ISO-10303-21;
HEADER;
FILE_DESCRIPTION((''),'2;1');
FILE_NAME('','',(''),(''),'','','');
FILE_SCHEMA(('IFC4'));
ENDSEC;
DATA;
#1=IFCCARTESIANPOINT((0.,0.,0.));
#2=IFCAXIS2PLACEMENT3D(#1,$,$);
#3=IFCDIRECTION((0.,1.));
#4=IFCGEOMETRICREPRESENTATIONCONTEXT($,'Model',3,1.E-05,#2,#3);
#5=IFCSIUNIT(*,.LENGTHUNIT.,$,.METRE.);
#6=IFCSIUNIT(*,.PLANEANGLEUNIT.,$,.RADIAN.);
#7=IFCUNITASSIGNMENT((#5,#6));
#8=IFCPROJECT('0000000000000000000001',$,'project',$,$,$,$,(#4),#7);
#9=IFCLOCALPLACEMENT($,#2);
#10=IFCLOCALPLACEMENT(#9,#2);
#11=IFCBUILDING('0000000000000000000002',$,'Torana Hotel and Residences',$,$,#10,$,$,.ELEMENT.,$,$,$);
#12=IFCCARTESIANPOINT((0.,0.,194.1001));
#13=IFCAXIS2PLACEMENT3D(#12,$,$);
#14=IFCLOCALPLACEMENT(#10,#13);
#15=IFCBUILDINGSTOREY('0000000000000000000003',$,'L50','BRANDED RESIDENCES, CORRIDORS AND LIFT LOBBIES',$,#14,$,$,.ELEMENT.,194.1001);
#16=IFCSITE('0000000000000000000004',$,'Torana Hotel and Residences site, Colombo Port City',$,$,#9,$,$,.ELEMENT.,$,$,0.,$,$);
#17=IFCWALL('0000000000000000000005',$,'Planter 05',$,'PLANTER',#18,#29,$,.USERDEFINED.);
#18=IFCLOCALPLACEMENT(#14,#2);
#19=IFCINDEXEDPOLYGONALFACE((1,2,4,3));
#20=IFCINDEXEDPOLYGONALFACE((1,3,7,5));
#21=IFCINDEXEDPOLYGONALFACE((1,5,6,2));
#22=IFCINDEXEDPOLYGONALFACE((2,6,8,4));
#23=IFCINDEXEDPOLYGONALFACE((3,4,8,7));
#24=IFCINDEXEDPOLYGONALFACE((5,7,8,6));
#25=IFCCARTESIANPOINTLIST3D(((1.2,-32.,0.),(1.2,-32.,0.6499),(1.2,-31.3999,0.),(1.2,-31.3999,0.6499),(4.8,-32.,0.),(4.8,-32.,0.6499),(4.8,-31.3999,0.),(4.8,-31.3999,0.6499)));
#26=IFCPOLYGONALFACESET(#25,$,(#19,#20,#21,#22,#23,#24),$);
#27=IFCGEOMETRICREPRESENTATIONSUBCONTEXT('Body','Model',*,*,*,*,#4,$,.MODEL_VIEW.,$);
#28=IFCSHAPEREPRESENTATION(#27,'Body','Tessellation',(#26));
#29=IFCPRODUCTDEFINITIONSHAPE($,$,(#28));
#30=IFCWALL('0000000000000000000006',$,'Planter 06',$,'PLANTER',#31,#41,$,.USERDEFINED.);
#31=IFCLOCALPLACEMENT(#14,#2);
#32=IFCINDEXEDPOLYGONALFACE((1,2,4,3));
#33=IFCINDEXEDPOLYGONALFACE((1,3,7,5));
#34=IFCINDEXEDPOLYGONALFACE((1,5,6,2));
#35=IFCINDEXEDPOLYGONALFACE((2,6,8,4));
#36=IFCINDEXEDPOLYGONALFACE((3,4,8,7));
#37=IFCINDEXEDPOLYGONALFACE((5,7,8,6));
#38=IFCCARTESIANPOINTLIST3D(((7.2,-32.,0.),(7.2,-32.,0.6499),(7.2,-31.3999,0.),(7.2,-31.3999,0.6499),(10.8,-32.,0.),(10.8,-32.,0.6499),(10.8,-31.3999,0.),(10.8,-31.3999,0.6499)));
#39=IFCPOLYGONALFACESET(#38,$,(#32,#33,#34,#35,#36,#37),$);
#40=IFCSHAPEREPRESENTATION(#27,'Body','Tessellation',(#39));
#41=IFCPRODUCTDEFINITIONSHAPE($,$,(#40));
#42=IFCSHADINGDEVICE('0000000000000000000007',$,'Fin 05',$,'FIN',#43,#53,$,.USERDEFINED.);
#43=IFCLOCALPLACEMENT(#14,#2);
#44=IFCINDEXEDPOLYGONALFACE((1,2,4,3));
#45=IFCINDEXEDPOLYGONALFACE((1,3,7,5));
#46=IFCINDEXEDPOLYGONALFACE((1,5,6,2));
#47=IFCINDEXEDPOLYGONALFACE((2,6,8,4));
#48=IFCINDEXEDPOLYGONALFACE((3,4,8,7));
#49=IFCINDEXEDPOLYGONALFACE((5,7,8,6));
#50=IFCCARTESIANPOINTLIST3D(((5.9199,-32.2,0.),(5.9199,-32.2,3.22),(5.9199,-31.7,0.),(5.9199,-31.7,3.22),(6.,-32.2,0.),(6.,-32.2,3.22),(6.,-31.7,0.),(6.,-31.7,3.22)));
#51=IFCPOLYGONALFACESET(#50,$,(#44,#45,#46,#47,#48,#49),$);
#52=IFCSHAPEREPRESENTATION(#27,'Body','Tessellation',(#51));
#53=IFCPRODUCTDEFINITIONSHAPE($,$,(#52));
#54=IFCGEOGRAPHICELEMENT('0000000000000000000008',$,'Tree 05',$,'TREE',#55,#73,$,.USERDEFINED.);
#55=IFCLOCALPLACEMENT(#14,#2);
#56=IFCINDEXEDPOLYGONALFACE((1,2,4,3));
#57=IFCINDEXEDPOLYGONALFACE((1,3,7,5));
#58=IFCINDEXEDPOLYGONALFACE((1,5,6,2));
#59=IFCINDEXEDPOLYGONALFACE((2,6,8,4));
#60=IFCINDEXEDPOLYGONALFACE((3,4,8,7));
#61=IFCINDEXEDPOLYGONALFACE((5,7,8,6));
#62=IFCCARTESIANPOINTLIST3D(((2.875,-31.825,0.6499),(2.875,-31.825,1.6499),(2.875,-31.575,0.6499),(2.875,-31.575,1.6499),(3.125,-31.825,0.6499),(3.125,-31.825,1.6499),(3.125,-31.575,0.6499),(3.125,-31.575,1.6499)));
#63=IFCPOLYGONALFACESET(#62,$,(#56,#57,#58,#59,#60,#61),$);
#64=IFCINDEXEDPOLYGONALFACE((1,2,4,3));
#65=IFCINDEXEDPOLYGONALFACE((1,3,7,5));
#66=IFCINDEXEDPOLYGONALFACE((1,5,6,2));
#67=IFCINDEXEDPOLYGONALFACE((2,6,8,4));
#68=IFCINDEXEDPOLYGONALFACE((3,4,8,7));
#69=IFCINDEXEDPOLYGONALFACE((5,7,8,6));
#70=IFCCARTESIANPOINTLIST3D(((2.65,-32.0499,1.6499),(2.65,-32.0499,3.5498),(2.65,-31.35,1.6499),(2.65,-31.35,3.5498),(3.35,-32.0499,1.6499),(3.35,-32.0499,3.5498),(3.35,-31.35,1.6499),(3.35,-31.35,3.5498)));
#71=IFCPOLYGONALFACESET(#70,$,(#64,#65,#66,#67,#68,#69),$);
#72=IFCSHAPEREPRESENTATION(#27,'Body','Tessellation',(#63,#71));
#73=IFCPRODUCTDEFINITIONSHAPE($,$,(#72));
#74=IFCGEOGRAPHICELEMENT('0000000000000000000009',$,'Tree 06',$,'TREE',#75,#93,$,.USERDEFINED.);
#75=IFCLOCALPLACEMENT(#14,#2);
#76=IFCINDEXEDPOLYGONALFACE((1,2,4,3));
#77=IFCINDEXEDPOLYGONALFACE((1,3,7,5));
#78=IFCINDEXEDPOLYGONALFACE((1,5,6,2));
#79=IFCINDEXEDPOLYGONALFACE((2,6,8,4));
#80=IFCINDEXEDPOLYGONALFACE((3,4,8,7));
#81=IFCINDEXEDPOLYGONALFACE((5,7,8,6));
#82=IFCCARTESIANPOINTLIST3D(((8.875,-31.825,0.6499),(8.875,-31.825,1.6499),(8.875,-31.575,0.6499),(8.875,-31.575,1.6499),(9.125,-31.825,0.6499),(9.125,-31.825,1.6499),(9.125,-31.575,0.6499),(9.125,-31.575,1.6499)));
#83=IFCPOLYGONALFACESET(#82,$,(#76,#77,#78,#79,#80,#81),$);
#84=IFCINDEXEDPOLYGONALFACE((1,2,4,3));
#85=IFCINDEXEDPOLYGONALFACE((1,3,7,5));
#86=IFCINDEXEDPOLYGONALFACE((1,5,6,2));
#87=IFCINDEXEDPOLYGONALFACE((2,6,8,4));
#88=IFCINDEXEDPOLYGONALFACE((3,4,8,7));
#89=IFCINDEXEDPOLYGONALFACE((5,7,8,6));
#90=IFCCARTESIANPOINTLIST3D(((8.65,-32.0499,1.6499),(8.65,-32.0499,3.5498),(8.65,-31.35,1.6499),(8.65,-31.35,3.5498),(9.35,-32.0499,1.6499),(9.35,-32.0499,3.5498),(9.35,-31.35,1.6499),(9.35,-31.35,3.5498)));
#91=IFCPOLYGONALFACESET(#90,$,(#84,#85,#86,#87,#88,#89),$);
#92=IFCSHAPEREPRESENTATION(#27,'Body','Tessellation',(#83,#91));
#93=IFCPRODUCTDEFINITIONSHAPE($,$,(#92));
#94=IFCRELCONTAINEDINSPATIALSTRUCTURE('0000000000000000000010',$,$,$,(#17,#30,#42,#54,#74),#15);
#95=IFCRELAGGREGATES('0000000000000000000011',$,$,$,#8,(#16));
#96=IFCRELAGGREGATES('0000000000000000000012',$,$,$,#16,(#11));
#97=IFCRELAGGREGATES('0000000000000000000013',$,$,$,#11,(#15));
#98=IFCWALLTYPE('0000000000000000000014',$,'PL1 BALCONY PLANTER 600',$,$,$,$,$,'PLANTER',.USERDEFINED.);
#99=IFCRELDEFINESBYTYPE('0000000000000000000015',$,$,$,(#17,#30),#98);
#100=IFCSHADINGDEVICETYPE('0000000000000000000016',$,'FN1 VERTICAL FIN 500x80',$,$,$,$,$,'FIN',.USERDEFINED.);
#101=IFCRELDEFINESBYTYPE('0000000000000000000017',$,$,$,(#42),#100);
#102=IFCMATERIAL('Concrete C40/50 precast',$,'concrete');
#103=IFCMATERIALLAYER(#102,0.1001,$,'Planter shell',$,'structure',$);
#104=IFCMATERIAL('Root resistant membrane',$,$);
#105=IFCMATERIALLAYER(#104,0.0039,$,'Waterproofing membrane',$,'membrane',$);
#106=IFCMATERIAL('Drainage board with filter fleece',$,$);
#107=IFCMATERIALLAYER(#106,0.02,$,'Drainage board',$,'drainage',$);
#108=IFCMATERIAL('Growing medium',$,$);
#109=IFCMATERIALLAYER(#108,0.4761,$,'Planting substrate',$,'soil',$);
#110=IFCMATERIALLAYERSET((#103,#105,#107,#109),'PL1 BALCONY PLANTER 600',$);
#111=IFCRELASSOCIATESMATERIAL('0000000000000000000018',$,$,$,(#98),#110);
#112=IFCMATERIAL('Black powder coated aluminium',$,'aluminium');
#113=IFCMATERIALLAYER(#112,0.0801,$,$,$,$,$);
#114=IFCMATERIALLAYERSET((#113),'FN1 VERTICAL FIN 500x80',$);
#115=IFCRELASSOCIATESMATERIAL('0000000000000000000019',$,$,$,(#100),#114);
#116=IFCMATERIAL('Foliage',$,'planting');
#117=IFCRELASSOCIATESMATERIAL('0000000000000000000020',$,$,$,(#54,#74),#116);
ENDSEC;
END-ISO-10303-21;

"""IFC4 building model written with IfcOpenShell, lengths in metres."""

from ifc_helpers import new_model, si_unit, direction, frame, frame_2d, origin, origin_2d, place, context, subcontext, project, spatial, rectangle, extrude, material, layer, layer_set, type_object, element, save


model = new_model("IFC4")

# Units and contexts
model_context = context("Model", 3, precision=1e-05, world=origin(), true_north=direction((0.0, 1.0)))
body_context = subcontext(model_context, "Body", "Model", "MODEL_VIEW")
ifc_project = project(units=[si_unit("LENGTHUNIT", "METRE"), si_unit("PLANEANGLEUNIT", "RADIAN")], contexts=[model_context])

# Site, building, storey
site_placement = place(None, origin())
site = spatial("IfcSite", under=ifc_project, at=site_placement, Name="Torana Hotel and Residences site, Colombo Port City", CompositionType="ELEMENT", RefElevation=0.0)
building_placement = place(site_placement, origin())
building = spatial("IfcBuilding", under=site, at=building_placement, Name="Torana Hotel and Residences", CompositionType="ELEMENT")
storey_placement = place(building_placement, frame((0.0, 0.0, 194.1001)))
storey = spatial("IfcBuildingStorey", under=building, at=storey_placement, Name="L50", Description="BRANDED RESIDENCES, CORRIDORS AND LIFT LOBBIES", CompositionType="ELEMENT", Elevation=194.1001)

# Walls
ifc_material_1 = material(Name="Concrete C40/50 precast", Category="concrete")
ifc_layer_1 = layer(ifc_material_1, 0.1001, Name="Planter shell", Category="structure")
ifc_material_2 = material(Name="Root resistant membrane")
ifc_layer_2 = layer(ifc_material_2, 0.0039, Name="Waterproofing membrane", Category="membrane")
ifc_material_3 = material(Name="Drainage board with filter fleece")
ifc_layer_3 = layer(ifc_material_3, 0.02, Name="Drainage board", Category="drainage")
ifc_material_4 = material(Name="Growing medium")
ifc_layer_4 = layer(ifc_material_4, 0.4761, Name="Planting substrate", Category="soil")
ifc_layer_set_1 = layer_set([ifc_layer_1, ifc_layer_2, ifc_layer_3, ifc_layer_4], Name="PL1 BALCONY PLANTER 600")
wall_type_1 = type_object("IfcWallType", Name="PL1 BALCONY PLANTER 600", ElementType="PLANTER", PredefinedType="USERDEFINED", material=ifc_layer_set_1)
for number, where, z_axis, x_axis, name in (
    (1, (4.8, -31.7, 0.0), (0.0, 0.0, 1.0), (-1.0, 0.0, 0.0), "Planter 05"),
    (2, (10.8, -31.7, 0.0), (0.0, 0.0, 1.0), (-1.0, 0.0, 0.0), "Planter 06"),
):
    element("IfcWall", number, at=place(storey_placement, frame(where, z_axis=z_axis, x_axis=x_axis)), inside=storey, type_object=wall_type_1, Name=name, ObjectType="PLANTER", PredefinedType="USERDEFINED", context=body_context, shape_type="SweptSolid", body=[
        extrude(rectangle(XDim=3.6001, YDim=0.6001, at=frame_2d((1.8, 0.0))), origin(), (0.0, 0.0, 1.0), 0.6499),
    ])

# Shading device
ifc_material_5 = material(Name="Black powder coated aluminium", Category="aluminium")
ifc_layer_5 = layer(ifc_material_5, 0.0801)
ifc_layer_set_2 = layer_set([ifc_layer_5], Name="FN1 VERTICAL FIN 500x80")
shading_device_type = type_object("IfcShadingDeviceType", Name="FN1 VERTICAL FIN 500x80", ElementType="FIN", PredefinedType="USERDEFINED", material=ifc_layer_set_2)
shading_device_placement = place(storey_placement, frame((5.96, -31.95, 0.0), z_axis=(0.0, 0.0, 1.0), x_axis=(-1.0, 0.0, 0.0)))
element("IfcShadingDevice", 3, at=shading_device_placement, inside=storey, type_object=shading_device_type, Name="Fin 05", ObjectType="FIN", PredefinedType="USERDEFINED", context=body_context, shape_type="SweptSolid", body=[
    extrude(rectangle(XDim=0.0801, YDim=0.5, at=origin_2d()), origin(), (0.0, 0.0, 1.0), 3.22),
])

# Geographic elements
ifc_material_6 = material(Name="Foliage", Category="planting")
for number, where, z_axis, x_axis, name in (
    (4, (3.0, -31.7, 0.6499), (0.0, 0.0, 1.0), (1.0, 0.0, 0.0), "Tree 05"),
    (5, (9.0, -31.7, 0.6499), (0.0, 0.0, 1.0), (1.0, 0.0, 0.0), "Tree 06"),
):
    element("IfcGeographicElement", number, at=place(storey_placement, frame(where, z_axis=z_axis, x_axis=x_axis)), inside=storey, material=ifc_material_6, Name=name, ObjectType="TREE", PredefinedType="USERDEFINED", context=body_context, shape_type="SweptSolid", body=[
        extrude(rectangle(XDim=0.25, YDim=0.25, at=origin_2d()), origin(), (0.0, 0.0, 1.0), 1.0),
        extrude(rectangle(XDim=0.7, YDim=0.7, at=origin_2d()), frame((0.0, 0.0, 1.0)), (0.0, 0.0, 1.0), 1.8999),
    ])

save(model, "model.ifc")
